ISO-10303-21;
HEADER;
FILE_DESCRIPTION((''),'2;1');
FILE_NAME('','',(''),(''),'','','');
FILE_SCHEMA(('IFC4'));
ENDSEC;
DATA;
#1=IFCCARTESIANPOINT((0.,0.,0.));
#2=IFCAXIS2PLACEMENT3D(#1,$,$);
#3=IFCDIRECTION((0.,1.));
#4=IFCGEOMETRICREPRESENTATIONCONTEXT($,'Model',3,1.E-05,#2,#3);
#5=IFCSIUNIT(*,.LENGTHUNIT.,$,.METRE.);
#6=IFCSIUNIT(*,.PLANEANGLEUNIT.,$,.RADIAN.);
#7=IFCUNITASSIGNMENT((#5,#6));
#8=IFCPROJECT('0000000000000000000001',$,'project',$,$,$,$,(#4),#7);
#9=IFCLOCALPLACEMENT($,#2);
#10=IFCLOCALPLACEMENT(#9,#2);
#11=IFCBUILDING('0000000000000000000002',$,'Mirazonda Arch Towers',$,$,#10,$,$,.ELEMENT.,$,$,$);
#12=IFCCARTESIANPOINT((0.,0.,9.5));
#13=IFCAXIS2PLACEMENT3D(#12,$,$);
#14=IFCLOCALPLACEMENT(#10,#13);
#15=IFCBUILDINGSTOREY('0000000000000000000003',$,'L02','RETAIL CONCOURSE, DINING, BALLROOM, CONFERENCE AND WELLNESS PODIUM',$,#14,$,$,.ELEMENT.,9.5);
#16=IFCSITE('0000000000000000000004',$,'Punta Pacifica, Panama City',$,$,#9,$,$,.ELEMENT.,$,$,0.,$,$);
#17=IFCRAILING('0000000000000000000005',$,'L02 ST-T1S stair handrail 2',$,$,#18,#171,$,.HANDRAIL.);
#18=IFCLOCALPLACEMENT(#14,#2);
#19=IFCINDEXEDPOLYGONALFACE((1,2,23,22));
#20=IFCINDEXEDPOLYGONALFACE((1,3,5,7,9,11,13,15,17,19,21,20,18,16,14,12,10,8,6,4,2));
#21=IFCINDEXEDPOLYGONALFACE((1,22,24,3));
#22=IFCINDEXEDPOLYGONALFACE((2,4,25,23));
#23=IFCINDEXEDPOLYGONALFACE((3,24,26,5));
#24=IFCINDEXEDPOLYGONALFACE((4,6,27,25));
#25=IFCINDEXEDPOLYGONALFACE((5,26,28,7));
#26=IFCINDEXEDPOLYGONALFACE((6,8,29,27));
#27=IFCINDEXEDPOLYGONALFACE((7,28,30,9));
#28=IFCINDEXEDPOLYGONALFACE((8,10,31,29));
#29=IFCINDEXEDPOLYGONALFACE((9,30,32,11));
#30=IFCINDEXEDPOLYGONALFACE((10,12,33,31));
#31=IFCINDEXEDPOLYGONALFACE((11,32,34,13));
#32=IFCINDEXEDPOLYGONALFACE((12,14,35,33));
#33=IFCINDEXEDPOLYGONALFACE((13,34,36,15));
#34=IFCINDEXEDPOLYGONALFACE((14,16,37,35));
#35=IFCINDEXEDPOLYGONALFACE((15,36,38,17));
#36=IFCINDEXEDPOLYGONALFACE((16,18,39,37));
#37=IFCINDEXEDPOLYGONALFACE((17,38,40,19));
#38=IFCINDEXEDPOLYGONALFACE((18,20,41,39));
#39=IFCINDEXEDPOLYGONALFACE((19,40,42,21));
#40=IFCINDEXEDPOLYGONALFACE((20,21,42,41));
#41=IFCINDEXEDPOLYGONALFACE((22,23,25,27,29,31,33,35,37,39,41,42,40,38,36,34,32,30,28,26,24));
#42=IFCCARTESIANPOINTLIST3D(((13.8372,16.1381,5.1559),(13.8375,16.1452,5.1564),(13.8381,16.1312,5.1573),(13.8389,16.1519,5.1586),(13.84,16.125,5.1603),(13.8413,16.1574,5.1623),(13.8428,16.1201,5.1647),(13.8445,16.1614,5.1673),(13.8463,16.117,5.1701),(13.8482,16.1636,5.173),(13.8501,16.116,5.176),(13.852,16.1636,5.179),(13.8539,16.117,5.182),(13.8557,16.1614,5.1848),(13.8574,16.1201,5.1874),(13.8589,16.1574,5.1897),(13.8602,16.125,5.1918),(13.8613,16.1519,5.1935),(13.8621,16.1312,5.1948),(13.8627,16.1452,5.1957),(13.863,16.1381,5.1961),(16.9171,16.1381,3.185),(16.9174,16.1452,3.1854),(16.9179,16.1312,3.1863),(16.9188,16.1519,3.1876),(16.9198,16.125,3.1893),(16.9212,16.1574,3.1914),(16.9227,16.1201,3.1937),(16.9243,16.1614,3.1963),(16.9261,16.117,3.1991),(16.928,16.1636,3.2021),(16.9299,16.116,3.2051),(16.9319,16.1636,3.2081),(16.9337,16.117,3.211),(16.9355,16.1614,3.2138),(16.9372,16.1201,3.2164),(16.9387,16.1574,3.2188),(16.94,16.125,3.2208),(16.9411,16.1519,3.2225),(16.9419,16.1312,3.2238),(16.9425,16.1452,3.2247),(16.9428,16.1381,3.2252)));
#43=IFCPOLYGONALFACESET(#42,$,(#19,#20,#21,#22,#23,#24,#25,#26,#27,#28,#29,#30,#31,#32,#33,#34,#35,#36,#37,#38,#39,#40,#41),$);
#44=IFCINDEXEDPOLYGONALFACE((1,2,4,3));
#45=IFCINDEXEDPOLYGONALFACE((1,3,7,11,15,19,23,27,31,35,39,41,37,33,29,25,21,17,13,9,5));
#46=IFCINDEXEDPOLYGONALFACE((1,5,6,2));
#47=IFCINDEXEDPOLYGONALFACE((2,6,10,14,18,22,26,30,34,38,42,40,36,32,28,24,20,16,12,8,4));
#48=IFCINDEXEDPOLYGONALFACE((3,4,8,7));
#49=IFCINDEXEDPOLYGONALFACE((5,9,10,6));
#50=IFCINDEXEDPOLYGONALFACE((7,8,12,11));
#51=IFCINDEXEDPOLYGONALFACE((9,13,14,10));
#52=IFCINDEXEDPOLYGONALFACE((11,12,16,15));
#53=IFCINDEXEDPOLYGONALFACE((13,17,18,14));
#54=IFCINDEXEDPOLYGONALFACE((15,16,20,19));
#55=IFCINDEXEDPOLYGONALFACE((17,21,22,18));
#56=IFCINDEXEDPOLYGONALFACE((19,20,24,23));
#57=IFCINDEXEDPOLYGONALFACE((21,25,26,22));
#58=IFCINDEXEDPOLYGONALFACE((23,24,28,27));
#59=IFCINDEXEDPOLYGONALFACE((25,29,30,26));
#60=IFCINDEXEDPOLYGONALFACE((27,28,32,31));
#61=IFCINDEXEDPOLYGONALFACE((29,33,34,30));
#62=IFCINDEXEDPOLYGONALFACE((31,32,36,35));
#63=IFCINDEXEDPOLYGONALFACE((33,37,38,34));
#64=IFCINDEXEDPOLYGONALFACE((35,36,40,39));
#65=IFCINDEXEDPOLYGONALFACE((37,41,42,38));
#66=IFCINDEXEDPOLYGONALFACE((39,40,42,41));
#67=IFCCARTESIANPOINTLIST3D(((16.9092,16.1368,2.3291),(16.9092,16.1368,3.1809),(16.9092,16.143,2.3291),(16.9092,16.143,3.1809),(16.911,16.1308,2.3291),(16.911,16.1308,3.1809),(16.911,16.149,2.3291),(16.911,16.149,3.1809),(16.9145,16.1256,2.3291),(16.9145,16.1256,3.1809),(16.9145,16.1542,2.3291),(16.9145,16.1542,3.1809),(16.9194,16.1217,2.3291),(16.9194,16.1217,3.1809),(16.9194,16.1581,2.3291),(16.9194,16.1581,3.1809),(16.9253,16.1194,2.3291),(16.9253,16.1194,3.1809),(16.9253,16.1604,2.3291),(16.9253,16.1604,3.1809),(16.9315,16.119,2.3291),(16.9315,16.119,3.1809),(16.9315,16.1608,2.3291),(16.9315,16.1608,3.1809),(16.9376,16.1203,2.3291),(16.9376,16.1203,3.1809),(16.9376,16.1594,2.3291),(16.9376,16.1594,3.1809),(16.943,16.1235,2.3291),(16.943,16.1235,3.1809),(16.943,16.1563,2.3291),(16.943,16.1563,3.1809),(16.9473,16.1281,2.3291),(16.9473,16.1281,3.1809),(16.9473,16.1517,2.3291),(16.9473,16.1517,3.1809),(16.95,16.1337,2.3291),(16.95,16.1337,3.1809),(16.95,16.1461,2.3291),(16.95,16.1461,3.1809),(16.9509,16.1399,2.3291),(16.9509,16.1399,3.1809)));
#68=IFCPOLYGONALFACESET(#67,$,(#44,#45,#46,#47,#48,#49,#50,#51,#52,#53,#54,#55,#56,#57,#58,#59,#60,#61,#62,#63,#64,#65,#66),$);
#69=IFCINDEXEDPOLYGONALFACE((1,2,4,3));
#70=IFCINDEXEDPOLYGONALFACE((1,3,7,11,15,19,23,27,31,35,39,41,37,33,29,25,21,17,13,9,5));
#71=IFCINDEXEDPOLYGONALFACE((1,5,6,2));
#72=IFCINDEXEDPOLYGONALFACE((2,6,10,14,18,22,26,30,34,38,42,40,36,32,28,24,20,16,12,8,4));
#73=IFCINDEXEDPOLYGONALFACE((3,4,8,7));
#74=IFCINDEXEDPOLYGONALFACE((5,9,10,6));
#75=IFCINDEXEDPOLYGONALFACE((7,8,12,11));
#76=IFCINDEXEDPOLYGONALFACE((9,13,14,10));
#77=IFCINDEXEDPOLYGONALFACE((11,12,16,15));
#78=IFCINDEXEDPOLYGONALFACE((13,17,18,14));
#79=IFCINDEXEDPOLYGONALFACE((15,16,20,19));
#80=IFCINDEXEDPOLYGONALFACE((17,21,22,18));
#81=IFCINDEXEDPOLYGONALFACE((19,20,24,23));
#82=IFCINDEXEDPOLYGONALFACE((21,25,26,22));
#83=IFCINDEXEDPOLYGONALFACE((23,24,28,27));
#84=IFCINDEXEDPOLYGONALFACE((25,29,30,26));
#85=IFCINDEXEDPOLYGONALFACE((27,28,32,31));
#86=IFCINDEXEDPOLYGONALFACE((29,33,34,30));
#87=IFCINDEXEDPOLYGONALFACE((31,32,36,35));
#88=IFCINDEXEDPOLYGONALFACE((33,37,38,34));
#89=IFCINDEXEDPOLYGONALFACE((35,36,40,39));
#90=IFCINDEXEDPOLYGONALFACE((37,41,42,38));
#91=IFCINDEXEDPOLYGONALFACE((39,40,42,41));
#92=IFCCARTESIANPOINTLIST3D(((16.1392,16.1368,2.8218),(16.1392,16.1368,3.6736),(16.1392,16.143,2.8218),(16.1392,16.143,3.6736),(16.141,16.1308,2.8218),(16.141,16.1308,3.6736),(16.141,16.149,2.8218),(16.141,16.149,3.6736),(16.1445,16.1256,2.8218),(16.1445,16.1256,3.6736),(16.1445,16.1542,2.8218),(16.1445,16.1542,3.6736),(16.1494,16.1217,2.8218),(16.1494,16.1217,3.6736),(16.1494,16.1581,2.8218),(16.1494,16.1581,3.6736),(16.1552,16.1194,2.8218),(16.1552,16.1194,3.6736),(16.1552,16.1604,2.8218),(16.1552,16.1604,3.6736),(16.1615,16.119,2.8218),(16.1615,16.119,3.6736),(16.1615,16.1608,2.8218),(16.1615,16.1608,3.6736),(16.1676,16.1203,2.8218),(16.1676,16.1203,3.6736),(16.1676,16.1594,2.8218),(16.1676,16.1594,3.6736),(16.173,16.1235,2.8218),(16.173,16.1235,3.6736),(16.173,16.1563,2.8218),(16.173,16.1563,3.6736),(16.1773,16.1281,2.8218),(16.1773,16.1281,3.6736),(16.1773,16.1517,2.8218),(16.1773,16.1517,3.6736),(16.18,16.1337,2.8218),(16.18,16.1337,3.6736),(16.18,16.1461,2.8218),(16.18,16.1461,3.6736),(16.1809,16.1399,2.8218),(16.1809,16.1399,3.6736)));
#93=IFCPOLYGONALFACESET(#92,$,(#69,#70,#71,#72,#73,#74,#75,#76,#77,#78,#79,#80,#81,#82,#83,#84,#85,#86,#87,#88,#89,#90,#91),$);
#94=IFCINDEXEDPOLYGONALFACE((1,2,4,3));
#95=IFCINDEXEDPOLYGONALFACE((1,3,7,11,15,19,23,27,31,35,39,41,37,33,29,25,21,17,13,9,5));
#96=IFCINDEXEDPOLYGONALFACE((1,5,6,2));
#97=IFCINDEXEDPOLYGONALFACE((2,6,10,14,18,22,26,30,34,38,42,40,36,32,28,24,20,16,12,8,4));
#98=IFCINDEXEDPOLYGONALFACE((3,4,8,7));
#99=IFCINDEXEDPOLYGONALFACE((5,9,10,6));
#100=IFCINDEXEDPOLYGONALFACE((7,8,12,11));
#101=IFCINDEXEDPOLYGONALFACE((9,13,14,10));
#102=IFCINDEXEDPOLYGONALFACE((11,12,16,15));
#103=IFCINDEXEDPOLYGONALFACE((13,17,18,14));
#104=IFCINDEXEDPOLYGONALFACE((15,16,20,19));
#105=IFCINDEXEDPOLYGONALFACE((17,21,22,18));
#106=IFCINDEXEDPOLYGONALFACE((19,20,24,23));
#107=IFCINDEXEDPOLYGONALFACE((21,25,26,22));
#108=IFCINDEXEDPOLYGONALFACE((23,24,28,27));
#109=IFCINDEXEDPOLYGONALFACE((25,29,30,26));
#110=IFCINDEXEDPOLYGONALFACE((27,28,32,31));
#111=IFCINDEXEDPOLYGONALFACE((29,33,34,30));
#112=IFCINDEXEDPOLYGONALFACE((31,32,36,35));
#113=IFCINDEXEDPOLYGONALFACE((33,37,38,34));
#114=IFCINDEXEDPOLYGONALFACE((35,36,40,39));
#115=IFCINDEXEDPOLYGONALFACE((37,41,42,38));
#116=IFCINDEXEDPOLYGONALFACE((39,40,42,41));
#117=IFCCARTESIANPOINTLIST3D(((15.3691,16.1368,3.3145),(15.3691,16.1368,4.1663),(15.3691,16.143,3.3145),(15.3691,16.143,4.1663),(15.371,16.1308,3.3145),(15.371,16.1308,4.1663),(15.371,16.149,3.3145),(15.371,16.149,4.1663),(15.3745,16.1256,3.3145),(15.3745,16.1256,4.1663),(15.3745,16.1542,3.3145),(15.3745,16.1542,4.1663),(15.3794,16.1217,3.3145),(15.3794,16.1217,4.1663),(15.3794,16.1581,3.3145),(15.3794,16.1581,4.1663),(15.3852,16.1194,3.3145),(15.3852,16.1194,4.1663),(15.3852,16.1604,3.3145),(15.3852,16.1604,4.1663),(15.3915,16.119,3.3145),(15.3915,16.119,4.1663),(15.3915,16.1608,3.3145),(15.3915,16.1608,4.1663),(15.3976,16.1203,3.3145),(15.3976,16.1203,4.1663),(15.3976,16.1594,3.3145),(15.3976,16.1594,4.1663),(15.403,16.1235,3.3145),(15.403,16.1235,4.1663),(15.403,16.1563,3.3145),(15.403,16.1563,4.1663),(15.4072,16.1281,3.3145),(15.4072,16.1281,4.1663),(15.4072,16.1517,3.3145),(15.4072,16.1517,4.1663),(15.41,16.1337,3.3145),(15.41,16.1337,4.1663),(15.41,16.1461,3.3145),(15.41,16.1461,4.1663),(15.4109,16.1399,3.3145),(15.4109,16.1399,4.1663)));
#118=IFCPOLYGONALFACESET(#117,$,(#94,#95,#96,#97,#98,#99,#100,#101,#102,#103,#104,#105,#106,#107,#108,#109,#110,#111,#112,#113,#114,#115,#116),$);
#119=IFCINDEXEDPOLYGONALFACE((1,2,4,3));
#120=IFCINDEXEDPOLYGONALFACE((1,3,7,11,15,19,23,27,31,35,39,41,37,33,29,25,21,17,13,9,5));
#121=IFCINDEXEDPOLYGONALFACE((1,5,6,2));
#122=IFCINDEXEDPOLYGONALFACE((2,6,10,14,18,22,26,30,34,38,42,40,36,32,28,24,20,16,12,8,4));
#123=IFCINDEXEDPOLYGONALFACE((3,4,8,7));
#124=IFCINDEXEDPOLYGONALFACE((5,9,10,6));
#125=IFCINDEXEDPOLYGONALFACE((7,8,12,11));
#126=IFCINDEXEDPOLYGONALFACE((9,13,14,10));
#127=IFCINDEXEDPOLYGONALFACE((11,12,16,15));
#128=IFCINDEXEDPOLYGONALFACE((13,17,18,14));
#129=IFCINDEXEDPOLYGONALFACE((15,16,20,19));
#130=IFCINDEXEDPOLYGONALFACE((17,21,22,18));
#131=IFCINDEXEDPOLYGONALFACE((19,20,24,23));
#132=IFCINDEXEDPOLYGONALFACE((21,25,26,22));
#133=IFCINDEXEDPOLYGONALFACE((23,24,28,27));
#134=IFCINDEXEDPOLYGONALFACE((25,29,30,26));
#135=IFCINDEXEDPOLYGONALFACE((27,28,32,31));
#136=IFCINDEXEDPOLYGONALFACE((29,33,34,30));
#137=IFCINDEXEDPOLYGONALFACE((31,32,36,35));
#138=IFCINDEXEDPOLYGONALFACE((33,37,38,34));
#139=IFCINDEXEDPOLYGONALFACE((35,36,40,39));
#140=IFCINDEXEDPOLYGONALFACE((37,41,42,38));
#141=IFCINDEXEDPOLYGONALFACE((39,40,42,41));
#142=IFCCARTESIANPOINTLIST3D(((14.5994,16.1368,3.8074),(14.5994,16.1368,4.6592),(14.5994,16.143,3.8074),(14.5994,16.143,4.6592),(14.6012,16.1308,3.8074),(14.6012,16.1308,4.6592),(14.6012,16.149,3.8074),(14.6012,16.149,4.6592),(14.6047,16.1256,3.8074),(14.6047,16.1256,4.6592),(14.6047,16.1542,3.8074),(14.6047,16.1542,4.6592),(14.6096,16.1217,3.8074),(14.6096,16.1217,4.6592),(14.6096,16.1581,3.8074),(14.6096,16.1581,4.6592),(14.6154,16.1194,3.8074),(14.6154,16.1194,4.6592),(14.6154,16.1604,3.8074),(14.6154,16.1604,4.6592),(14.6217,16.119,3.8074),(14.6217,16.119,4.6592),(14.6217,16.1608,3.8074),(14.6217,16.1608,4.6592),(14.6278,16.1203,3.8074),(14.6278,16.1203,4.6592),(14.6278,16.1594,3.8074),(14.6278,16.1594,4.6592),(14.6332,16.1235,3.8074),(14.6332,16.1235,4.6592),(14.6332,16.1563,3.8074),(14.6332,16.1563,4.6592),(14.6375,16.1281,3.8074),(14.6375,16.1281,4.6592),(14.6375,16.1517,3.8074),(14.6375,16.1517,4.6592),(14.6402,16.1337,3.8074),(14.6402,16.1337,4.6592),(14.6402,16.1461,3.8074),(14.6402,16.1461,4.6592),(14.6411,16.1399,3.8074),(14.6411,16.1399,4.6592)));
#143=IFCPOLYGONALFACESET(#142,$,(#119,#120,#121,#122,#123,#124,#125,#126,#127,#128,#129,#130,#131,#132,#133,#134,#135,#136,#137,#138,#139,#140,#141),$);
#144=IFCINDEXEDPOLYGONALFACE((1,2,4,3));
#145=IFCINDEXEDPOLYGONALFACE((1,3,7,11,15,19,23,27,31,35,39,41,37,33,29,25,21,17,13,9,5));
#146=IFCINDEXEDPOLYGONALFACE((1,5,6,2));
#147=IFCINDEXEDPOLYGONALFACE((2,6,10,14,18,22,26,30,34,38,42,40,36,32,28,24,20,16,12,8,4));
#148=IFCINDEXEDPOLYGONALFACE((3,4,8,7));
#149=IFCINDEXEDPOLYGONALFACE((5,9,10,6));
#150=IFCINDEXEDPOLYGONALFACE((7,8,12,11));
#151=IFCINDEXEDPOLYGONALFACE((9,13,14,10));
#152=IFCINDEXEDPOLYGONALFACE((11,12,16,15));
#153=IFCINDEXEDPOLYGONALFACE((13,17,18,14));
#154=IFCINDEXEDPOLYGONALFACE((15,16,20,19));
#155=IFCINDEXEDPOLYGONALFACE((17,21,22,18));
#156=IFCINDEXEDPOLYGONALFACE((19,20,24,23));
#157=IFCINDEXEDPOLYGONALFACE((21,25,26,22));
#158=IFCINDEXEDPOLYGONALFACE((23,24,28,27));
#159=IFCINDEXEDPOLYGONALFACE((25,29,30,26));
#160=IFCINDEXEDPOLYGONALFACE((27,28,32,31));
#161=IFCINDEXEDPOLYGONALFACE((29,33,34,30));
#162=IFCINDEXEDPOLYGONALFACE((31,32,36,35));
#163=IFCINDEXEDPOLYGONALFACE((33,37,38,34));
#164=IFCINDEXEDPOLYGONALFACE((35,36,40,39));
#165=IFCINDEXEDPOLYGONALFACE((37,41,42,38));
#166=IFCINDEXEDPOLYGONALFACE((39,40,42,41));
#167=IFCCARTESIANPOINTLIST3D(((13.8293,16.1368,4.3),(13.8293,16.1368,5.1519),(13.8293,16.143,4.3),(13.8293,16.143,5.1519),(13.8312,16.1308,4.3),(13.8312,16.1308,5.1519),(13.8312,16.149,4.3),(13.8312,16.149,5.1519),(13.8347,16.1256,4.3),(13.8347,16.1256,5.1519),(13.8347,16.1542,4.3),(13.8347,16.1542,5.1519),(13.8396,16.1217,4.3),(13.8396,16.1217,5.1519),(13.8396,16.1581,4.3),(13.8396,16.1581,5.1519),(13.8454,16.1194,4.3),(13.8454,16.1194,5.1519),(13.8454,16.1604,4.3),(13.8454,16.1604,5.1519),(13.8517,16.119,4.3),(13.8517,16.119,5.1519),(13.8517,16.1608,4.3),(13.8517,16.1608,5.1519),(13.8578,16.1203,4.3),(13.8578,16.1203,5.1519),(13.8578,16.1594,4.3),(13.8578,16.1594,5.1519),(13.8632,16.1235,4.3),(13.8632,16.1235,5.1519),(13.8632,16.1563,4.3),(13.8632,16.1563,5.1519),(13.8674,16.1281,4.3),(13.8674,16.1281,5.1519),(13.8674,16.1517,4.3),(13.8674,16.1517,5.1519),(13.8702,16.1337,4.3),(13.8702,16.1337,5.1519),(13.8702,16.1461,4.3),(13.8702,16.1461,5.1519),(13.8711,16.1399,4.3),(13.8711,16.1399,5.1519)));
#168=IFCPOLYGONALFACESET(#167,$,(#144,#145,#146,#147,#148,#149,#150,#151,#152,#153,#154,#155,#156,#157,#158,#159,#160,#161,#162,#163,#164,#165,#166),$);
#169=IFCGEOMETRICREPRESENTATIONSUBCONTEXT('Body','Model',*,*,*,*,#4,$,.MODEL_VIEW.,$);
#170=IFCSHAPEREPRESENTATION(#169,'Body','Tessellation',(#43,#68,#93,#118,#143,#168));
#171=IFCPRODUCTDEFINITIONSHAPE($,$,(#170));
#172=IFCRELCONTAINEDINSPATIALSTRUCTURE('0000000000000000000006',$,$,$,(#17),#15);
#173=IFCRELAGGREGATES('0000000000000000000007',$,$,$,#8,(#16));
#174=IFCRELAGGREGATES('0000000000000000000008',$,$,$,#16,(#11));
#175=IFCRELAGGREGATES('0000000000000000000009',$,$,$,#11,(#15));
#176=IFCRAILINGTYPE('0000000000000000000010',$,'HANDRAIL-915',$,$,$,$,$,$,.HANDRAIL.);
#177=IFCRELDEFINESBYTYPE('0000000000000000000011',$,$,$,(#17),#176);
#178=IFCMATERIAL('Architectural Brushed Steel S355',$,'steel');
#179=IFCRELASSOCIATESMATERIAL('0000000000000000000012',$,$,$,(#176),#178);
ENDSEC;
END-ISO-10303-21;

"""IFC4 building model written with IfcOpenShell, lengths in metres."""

from ifc_helpers import new_model, si_unit, direction, frame, origin, origin_2d, place, context, subcontext, project, spatial, circle, extrude, material, type_object, element, save


model = new_model("IFC4")

# Units and contexts
model_context = context("Model", 3, precision=1e-05, world=origin(), true_north=direction((0.0, 1.0)))
body_context = subcontext(model_context, "Body", "Model", "MODEL_VIEW")
ifc_project = project(units=[si_unit("LENGTHUNIT", "METRE"), si_unit("PLANEANGLEUNIT", "RADIAN")], contexts=[model_context])

# Site, building, storey
site_placement = place(None, origin())
site = spatial("IfcSite", under=ifc_project, at=site_placement, Name="Punta Pacifica, Panama City", CompositionType="ELEMENT", RefElevation=0.0)
building_placement = place(site_placement, origin())
building = spatial("IfcBuilding", under=site, at=building_placement, Name="Mirazonda Arch Towers", CompositionType="ELEMENT")
storey_placement = place(building_placement, frame((0.0, 0.0, 9.5)))
storey = spatial("IfcBuildingStorey", under=building, at=storey_placement, Name="L02", Description="RETAIL CONCOURSE, DINING, BALLROOM, CONFERENCE AND WELLNESS PODIUM", CompositionType="ELEMENT", Elevation=9.5)

# Shared definitions
ifc_material_1 = material(Name="Architectural Brushed Steel S355", Category="steel")

# Railing
railing_type_1 = type_object("IfcRailingType", Name="HANDRAIL-915", PredefinedType="HANDRAIL", material=ifc_material_1)
railing_1_placement = place(storey_placement, frame((16.9299, 16.1399, 2.3291)))
element("IfcRailing", 1, at=railing_1_placement, inside=storey, type_object=railing_type_1, Name="L02 ST-T1S stair handrail 2", PredefinedType="HANDRAIL", context=body_context, shape_type="SweptSolid", body=[
    extrude(circle(Radius=0.0239, at=origin_2d()), frame((0.0, 0.0, 0.876), z_axis=(-0.84229, 0.0, 0.539025), x_axis=(0.0, -1.0, 0.0)), (0.0, 0.0, 1.0), 3.6565),
    extrude(circle(Radius=0.021, at=origin_2d()), origin(), (0.0, 0.0, 1.0), 0.8518),
    extrude(circle(Radius=0.021, at=origin_2d()), frame((-0.77, 0.0, 0.4927)), (0.0, 0.0, 1.0), 0.8518),
    extrude(circle(Radius=0.021, at=origin_2d()), frame((-1.54, 0.0, 0.9854)), (0.0, 0.0, 1.0), 0.8518),
    extrude(circle(Radius=0.021, at=origin_2d()), frame((-2.3098, 0.0, 1.4783)), (0.0, 0.0, 1.0), 0.8518),
    extrude(circle(Radius=0.021, at=origin_2d()), frame((-3.0798, 0.0, 1.9709)), (0.0, 0.0, 1.0), 0.8518),
])

save(model, "model.ifc")
